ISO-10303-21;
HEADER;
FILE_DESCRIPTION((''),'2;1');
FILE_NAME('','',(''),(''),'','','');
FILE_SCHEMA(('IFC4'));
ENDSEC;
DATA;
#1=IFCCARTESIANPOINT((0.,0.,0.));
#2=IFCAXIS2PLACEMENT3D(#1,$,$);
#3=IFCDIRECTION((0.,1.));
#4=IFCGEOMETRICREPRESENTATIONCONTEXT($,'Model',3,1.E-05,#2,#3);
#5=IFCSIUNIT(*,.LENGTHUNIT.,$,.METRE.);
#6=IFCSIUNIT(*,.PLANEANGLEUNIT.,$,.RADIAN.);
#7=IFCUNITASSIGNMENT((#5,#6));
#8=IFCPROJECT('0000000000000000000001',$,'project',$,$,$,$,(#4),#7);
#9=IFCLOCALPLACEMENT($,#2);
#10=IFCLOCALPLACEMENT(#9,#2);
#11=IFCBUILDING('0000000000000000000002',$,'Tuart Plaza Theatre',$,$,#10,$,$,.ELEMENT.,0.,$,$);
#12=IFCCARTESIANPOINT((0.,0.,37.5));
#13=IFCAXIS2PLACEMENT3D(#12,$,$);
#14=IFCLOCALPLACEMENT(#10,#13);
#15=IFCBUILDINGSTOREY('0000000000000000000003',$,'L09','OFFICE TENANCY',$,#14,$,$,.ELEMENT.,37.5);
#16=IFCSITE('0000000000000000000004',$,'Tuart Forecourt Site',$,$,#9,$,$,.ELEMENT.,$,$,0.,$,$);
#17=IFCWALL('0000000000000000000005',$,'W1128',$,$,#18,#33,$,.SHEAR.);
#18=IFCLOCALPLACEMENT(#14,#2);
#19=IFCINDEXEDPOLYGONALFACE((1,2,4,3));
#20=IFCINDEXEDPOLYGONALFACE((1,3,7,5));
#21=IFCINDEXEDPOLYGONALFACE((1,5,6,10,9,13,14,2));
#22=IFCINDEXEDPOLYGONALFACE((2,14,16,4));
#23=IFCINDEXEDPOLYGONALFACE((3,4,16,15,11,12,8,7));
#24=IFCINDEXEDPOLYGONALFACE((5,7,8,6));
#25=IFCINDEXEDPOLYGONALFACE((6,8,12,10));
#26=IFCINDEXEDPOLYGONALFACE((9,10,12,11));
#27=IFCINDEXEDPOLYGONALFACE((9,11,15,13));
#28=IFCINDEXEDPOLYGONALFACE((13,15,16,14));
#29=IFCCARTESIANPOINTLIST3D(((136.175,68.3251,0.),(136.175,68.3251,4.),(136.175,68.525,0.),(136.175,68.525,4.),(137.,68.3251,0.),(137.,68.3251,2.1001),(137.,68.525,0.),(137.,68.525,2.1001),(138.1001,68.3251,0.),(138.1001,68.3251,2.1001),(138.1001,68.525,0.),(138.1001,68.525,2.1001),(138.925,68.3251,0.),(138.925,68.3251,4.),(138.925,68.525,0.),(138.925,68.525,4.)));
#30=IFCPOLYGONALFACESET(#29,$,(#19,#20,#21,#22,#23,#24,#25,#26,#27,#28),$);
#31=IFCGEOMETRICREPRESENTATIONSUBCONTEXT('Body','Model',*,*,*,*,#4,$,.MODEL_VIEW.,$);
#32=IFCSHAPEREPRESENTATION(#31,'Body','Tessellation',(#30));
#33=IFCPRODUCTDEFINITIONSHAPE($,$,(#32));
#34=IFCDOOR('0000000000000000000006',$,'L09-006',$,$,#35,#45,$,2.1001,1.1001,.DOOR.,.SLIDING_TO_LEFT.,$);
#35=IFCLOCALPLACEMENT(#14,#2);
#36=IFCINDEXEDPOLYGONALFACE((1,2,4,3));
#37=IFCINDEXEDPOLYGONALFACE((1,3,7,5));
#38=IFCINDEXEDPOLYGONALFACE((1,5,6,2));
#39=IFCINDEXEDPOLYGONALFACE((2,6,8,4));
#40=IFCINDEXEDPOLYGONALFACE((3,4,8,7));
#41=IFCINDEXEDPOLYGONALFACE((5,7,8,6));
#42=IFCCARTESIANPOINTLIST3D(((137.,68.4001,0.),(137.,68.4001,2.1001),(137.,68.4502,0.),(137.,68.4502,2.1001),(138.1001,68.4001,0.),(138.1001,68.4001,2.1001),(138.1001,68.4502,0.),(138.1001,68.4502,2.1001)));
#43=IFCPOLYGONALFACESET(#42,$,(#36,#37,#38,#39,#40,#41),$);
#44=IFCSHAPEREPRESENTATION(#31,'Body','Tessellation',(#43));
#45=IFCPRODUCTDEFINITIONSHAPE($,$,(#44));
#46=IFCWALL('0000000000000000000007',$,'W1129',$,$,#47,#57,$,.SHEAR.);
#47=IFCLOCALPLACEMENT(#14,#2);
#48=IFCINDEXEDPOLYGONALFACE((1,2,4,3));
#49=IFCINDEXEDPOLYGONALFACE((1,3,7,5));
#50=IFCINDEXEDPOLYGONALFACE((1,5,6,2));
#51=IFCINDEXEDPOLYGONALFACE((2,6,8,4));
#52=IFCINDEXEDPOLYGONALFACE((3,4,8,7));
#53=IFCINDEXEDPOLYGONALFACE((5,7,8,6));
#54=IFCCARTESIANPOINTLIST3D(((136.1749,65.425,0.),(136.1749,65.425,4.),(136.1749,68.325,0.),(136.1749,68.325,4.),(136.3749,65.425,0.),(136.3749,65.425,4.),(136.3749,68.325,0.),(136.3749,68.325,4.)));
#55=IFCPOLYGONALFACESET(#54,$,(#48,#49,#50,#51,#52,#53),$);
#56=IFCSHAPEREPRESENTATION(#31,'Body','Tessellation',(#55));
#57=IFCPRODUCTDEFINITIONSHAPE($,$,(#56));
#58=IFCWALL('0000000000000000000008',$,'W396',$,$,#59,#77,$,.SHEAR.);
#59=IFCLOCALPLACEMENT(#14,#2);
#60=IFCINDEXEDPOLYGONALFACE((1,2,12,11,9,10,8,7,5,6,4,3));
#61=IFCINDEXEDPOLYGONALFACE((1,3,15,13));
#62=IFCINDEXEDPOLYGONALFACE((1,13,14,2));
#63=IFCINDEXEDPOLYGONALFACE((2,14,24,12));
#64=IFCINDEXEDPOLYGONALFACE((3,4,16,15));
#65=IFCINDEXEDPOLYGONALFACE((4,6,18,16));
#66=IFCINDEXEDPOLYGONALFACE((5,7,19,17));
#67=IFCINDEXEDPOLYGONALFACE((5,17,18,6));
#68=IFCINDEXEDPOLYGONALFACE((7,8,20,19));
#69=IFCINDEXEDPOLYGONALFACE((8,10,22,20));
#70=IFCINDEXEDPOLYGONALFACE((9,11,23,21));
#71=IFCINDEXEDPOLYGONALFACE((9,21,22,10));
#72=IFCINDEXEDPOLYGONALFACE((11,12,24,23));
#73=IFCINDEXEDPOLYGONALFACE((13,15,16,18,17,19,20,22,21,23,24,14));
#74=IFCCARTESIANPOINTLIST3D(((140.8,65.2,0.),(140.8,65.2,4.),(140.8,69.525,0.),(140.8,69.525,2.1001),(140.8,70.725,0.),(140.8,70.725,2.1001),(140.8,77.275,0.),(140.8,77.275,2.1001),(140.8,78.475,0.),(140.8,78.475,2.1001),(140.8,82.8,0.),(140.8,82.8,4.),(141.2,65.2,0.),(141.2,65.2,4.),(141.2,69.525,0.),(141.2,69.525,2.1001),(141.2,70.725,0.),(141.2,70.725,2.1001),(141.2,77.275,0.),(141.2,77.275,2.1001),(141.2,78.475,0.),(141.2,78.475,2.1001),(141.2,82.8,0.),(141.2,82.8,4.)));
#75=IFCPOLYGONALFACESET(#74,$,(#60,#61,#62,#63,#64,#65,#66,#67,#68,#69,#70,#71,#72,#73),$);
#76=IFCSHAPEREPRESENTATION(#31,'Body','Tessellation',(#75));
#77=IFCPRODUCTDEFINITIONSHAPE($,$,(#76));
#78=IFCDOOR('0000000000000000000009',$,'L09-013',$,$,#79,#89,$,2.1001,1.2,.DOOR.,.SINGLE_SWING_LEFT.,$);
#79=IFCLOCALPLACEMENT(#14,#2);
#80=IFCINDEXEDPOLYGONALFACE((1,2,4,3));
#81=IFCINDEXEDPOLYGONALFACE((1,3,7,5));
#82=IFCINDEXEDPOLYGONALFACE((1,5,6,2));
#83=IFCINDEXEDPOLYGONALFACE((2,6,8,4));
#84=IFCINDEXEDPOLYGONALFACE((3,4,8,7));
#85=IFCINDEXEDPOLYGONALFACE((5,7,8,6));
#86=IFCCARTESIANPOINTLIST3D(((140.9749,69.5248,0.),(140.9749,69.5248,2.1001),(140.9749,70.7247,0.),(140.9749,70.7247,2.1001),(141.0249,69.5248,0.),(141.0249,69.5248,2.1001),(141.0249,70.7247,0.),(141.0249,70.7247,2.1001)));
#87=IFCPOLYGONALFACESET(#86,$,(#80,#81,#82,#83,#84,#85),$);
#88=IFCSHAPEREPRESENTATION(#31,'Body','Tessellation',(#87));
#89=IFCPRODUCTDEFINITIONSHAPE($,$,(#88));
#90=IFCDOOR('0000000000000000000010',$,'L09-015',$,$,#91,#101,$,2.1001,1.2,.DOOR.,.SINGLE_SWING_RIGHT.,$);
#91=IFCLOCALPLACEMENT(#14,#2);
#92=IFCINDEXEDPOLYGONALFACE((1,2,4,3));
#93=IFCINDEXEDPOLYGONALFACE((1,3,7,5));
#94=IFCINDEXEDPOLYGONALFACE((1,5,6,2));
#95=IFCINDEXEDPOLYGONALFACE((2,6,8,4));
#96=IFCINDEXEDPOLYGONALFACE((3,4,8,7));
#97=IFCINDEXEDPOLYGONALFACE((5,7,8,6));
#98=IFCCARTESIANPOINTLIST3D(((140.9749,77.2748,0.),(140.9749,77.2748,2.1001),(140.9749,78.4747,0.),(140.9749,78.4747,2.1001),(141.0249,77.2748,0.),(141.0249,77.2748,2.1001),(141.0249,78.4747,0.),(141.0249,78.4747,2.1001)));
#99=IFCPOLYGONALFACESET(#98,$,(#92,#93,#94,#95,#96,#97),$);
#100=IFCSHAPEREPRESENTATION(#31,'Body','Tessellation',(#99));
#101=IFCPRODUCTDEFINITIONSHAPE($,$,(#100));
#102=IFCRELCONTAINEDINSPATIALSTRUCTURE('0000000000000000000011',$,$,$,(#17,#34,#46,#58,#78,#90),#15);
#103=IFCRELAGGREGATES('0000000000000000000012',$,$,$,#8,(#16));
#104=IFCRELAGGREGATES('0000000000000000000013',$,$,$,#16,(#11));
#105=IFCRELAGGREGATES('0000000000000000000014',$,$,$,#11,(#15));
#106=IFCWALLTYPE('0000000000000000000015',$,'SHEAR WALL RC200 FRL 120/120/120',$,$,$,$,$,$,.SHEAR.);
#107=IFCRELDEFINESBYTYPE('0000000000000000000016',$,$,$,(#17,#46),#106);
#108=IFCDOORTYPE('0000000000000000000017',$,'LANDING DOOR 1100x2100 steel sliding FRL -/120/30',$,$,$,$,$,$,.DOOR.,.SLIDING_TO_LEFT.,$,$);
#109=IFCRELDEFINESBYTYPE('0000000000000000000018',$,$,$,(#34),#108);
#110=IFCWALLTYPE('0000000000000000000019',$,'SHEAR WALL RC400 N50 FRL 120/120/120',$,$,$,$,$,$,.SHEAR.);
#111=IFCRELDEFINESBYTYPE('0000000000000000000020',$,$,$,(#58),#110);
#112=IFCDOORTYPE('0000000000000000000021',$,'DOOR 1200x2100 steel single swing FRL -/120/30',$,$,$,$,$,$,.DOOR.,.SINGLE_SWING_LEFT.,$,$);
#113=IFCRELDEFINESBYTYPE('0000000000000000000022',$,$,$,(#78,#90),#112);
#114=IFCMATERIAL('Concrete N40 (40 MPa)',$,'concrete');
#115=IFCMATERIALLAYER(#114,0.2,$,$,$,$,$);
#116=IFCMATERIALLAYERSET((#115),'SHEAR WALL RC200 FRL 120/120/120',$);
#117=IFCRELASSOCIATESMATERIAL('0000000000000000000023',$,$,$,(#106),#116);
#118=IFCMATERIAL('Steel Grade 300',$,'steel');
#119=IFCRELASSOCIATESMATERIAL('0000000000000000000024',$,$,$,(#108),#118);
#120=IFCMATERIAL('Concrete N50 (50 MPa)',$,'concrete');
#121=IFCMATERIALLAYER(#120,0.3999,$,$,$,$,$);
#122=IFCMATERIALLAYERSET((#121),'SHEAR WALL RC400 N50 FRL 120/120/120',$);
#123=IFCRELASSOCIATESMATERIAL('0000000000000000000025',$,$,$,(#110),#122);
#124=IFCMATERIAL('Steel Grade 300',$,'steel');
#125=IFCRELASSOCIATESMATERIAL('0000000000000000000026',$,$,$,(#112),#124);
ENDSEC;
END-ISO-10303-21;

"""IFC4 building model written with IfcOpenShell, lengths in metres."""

from ifc_helpers import new_model, si_unit, direction, frame, frame_2d, origin, place, context, subcontext, project, spatial, rectangle, extrude, material, layer, layer_set, type_object, element, fill, save


model = new_model("IFC4")

# Units and contexts
model_context = context("Model", 3, precision=1e-05, world=origin(), true_north=direction((0.0, 1.0)))
body_context = subcontext(model_context, "Body", "Model", "MODEL_VIEW")
ifc_project = project(units=[si_unit("LENGTHUNIT", "METRE"), si_unit("PLANEANGLEUNIT", "RADIAN")], contexts=[model_context])

# Site, building, storey
site_placement = place(None, origin())
site = spatial("IfcSite", under=ifc_project, at=site_placement, Name="Tuart Forecourt Site", CompositionType="ELEMENT", RefElevation=0.0)
building_placement = place(site_placement, origin())
building = spatial("IfcBuilding", under=site, at=building_placement, Name="Tuart Plaza Theatre", CompositionType="ELEMENT", ElevationOfRefHeight=0.0)
storey_placement = place(building_placement, frame((0.0, 0.0, 37.5)))
storey = spatial("IfcBuildingStorey", under=building, at=storey_placement, Name="L09", Description="OFFICE TENANCY", CompositionType="ELEMENT", Elevation=37.5)

# Shared definitions
ifc_material_1 = material(Name="Concrete N40 (40 MPa)", Category="concrete")
ifc_layer_1 = layer(ifc_material_1, 0.2)
ifc_layer_set_1 = layer_set([ifc_layer_1], Name="SHEAR WALL RC200 FRL 120/120/120")
wall_type_1 = type_object("IfcWallType", Name="SHEAR WALL RC200 FRL 120/120/120", PredefinedType="SHEAR", material=ifc_layer_set_1)

# Shared definitions
ifc_material_2 = material(Name="Steel Grade 300", Category="steel")
door_type_1 = type_object("IfcDoorType", Name="LANDING DOOR 1100x2100 steel sliding FRL -/120/30", OperationType="SLIDING_TO_LEFT", PredefinedType="DOOR", material=ifc_material_2)

# Wall, opening, door
wall_1_placement = place(storey_placement, frame((138.925, 68.425, 0.0), z_axis=(0.0, 0.0, 1.0), x_axis=(-1.0, 0.0, 0.0)))
wall_1 = element("IfcWall", 1, at=wall_1_placement, inside=storey, type_object=wall_type_1, Name="W1128", PredefinedType="SHEAR", context=body_context, shape_type="SweptSolid", body=[
    extrude(rectangle(XDim=2.75, YDim=0.2, at=frame_2d((1.375, 0.0))), origin(), (0.0, 0.0, 1.0), 4.0),
])
opening_1_placement = place(wall_1_placement, frame((0.825, 0.0, 0.0)))
opening_1 = element("IfcOpeningElement", 2, at=opening_1_placement, cuts=wall_1, PredefinedType="OPENING", context=body_context, shape_type="SweptSolid", body=[
    extrude(rectangle(XDim=1.1001, YDim=2.1001, at=frame_2d((0.55, 1.05))), frame((0.0, 0.1099, 0.0), z_axis=(0.0, -1.0, 0.0), x_axis=(1.0, 0.0, 0.0)), (0.0, 0.0, 1.0), 0.22),
])
door_1_placement = place(opening_1_placement, origin())
door_1 = element("IfcDoor", 3, at=door_1_placement, inside=storey, type_object=door_type_1, Name="L09-006", OperationType="SLIDING_TO_LEFT", OverallHeight=2.1001, OverallWidth=1.1001, PredefinedType="DOOR", context=body_context, shape_type="SweptSolid", body=[
    extrude(rectangle(XDim=1.1001, YDim=2.1001, at=frame_2d((0.55, 1.05))), frame((0.0, 0.0249, 0.0), z_axis=(0.0, -1.0, 0.0), x_axis=(1.0, 0.0, 0.0)), (0.0, 0.0, 1.0), 0.05),
])
fill(opening_1, door_1)

# Wall
wall_2_placement = place(storey_placement, frame((136.2749, 68.325, 0.0), z_axis=(0.0, 0.0, 1.0), x_axis=(0.0, -1.0, 0.0)))
element("IfcWall", 4, at=wall_2_placement, inside=storey, type_object=wall_type_1, Name="W1129", PredefinedType="SHEAR", context=body_context, shape_type="SweptSolid", body=[
    extrude(rectangle(XDim=2.8999, YDim=0.2, at=frame_2d((1.45, 0.0))), origin(), (0.0, 0.0, 1.0), 4.0),
])

# Wall, openings, doors
ifc_material_3 = material(Name="Concrete N50 (50 MPa)", Category="concrete")
ifc_layer_2 = layer(ifc_material_3, 0.3999)
ifc_layer_set_2 = layer_set([ifc_layer_2], Name="SHEAR WALL RC400 N50 FRL 120/120/120")
wall_type_2 = type_object("IfcWallType", Name="SHEAR WALL RC400 N50 FRL 120/120/120", PredefinedType="SHEAR", material=ifc_layer_set_2)
wall_3_placement = place(storey_placement, frame((141.0, 65.2, 0.0), z_axis=(0.0, 0.0, 1.0), x_axis=(0.0, 1.0, 0.0)))
wall_3 = element("IfcWall", 5, at=wall_3_placement, inside=storey, type_object=wall_type_2, Name="W396", PredefinedType="SHEAR", context=body_context, shape_type="SweptSolid", body=[
    extrude(rectangle(XDim=17.6001, YDim=0.3999, at=frame_2d((8.8, 0.0))), origin(), (0.0, 0.0, 1.0), 4.0),
])
opening_2_placement = place(wall_3_placement, frame((4.325, 0.0, 0.0)))
opening_2 = element("IfcOpeningElement", 6, at=opening_2_placement, cuts=wall_3, PredefinedType="OPENING", context=body_context, shape_type="SweptSolid", body=[
    extrude(rectangle(XDim=1.2, YDim=2.1001, at=frame_2d((0.6001, 1.05))), frame((0.0, 0.21, 0.0), z_axis=(0.0, -1.0, 0.0), x_axis=(1.0, 0.0, 0.0)), (0.0, 0.0, 1.0), 0.4199),
])
opening_3_placement = place(wall_3_placement, frame((12.075, 0.0, 0.0)))
opening_3 = element("IfcOpeningElement", 7, at=opening_3_placement, cuts=wall_3, PredefinedType="OPENING", context=body_context, shape_type="SweptSolid", body=[
    extrude(rectangle(XDim=1.2, YDim=2.1001, at=frame_2d((0.6001, 1.05))), frame((0.0, 0.21, 0.0), z_axis=(0.0, -1.0, 0.0), x_axis=(1.0, 0.0, 0.0)), (0.0, 0.0, 1.0), 0.4199),
])
ifc_material_4 = material(Name="Steel Grade 300", Category="steel")
door_type_2 = type_object("IfcDoorType", Name="DOOR 1200x2100 steel single swing FRL -/120/30", OperationType="SINGLE_SWING_LEFT", PredefinedType="DOOR", material=ifc_material_4)
door_2_placement = place(opening_2_placement, frame((1.2, 0.0, 0.0), z_axis=(0.0, 0.0, 1.0), x_axis=(-1.0, 0.0, 0.0)))
door_2 = element("IfcDoor", 8, at=door_2_placement, inside=storey, type_object=door_type_2, Name="L09-013", OperationType="SINGLE_SWING_LEFT", OverallHeight=2.1001, OverallWidth=1.2, PredefinedType="DOOR", context=body_context, shape_type="SweptSolid", body=[
    extrude(rectangle(XDim=1.2, YDim=2.1001, at=frame_2d((0.6001, 1.05))), frame((0.0, 0.0249, 0.0), z_axis=(0.0, -1.0, 0.0), x_axis=(1.0, 0.0, 0.0)), (0.0, 0.0, 1.0), 0.05),
])
fill(opening_2, door_2)
door_3_placement = place(opening_3_placement, frame((1.2, 0.0, 0.0), z_axis=(0.0, 0.0, 1.0), x_axis=(-1.0, 0.0, 0.0)))
door_3 = element("IfcDoor", 9, at=door_3_placement, inside=storey, type_object=door_type_2, Name="L09-015", OperationType="SINGLE_SWING_RIGHT", OverallHeight=2.1001, OverallWidth=1.2, PredefinedType="DOOR", context=body_context, shape_type="SweptSolid", body=[
    extrude(rectangle(XDim=1.2, YDim=2.1001, at=frame_2d((0.6001, 1.05))), frame((0.0, 0.0249, 0.0), z_axis=(0.0, -1.0, 0.0), x_axis=(1.0, 0.0, 0.0)), (0.0, 0.0, 1.0), 0.05),
])
fill(opening_3, door_3)

save(model, "model.ifc")
